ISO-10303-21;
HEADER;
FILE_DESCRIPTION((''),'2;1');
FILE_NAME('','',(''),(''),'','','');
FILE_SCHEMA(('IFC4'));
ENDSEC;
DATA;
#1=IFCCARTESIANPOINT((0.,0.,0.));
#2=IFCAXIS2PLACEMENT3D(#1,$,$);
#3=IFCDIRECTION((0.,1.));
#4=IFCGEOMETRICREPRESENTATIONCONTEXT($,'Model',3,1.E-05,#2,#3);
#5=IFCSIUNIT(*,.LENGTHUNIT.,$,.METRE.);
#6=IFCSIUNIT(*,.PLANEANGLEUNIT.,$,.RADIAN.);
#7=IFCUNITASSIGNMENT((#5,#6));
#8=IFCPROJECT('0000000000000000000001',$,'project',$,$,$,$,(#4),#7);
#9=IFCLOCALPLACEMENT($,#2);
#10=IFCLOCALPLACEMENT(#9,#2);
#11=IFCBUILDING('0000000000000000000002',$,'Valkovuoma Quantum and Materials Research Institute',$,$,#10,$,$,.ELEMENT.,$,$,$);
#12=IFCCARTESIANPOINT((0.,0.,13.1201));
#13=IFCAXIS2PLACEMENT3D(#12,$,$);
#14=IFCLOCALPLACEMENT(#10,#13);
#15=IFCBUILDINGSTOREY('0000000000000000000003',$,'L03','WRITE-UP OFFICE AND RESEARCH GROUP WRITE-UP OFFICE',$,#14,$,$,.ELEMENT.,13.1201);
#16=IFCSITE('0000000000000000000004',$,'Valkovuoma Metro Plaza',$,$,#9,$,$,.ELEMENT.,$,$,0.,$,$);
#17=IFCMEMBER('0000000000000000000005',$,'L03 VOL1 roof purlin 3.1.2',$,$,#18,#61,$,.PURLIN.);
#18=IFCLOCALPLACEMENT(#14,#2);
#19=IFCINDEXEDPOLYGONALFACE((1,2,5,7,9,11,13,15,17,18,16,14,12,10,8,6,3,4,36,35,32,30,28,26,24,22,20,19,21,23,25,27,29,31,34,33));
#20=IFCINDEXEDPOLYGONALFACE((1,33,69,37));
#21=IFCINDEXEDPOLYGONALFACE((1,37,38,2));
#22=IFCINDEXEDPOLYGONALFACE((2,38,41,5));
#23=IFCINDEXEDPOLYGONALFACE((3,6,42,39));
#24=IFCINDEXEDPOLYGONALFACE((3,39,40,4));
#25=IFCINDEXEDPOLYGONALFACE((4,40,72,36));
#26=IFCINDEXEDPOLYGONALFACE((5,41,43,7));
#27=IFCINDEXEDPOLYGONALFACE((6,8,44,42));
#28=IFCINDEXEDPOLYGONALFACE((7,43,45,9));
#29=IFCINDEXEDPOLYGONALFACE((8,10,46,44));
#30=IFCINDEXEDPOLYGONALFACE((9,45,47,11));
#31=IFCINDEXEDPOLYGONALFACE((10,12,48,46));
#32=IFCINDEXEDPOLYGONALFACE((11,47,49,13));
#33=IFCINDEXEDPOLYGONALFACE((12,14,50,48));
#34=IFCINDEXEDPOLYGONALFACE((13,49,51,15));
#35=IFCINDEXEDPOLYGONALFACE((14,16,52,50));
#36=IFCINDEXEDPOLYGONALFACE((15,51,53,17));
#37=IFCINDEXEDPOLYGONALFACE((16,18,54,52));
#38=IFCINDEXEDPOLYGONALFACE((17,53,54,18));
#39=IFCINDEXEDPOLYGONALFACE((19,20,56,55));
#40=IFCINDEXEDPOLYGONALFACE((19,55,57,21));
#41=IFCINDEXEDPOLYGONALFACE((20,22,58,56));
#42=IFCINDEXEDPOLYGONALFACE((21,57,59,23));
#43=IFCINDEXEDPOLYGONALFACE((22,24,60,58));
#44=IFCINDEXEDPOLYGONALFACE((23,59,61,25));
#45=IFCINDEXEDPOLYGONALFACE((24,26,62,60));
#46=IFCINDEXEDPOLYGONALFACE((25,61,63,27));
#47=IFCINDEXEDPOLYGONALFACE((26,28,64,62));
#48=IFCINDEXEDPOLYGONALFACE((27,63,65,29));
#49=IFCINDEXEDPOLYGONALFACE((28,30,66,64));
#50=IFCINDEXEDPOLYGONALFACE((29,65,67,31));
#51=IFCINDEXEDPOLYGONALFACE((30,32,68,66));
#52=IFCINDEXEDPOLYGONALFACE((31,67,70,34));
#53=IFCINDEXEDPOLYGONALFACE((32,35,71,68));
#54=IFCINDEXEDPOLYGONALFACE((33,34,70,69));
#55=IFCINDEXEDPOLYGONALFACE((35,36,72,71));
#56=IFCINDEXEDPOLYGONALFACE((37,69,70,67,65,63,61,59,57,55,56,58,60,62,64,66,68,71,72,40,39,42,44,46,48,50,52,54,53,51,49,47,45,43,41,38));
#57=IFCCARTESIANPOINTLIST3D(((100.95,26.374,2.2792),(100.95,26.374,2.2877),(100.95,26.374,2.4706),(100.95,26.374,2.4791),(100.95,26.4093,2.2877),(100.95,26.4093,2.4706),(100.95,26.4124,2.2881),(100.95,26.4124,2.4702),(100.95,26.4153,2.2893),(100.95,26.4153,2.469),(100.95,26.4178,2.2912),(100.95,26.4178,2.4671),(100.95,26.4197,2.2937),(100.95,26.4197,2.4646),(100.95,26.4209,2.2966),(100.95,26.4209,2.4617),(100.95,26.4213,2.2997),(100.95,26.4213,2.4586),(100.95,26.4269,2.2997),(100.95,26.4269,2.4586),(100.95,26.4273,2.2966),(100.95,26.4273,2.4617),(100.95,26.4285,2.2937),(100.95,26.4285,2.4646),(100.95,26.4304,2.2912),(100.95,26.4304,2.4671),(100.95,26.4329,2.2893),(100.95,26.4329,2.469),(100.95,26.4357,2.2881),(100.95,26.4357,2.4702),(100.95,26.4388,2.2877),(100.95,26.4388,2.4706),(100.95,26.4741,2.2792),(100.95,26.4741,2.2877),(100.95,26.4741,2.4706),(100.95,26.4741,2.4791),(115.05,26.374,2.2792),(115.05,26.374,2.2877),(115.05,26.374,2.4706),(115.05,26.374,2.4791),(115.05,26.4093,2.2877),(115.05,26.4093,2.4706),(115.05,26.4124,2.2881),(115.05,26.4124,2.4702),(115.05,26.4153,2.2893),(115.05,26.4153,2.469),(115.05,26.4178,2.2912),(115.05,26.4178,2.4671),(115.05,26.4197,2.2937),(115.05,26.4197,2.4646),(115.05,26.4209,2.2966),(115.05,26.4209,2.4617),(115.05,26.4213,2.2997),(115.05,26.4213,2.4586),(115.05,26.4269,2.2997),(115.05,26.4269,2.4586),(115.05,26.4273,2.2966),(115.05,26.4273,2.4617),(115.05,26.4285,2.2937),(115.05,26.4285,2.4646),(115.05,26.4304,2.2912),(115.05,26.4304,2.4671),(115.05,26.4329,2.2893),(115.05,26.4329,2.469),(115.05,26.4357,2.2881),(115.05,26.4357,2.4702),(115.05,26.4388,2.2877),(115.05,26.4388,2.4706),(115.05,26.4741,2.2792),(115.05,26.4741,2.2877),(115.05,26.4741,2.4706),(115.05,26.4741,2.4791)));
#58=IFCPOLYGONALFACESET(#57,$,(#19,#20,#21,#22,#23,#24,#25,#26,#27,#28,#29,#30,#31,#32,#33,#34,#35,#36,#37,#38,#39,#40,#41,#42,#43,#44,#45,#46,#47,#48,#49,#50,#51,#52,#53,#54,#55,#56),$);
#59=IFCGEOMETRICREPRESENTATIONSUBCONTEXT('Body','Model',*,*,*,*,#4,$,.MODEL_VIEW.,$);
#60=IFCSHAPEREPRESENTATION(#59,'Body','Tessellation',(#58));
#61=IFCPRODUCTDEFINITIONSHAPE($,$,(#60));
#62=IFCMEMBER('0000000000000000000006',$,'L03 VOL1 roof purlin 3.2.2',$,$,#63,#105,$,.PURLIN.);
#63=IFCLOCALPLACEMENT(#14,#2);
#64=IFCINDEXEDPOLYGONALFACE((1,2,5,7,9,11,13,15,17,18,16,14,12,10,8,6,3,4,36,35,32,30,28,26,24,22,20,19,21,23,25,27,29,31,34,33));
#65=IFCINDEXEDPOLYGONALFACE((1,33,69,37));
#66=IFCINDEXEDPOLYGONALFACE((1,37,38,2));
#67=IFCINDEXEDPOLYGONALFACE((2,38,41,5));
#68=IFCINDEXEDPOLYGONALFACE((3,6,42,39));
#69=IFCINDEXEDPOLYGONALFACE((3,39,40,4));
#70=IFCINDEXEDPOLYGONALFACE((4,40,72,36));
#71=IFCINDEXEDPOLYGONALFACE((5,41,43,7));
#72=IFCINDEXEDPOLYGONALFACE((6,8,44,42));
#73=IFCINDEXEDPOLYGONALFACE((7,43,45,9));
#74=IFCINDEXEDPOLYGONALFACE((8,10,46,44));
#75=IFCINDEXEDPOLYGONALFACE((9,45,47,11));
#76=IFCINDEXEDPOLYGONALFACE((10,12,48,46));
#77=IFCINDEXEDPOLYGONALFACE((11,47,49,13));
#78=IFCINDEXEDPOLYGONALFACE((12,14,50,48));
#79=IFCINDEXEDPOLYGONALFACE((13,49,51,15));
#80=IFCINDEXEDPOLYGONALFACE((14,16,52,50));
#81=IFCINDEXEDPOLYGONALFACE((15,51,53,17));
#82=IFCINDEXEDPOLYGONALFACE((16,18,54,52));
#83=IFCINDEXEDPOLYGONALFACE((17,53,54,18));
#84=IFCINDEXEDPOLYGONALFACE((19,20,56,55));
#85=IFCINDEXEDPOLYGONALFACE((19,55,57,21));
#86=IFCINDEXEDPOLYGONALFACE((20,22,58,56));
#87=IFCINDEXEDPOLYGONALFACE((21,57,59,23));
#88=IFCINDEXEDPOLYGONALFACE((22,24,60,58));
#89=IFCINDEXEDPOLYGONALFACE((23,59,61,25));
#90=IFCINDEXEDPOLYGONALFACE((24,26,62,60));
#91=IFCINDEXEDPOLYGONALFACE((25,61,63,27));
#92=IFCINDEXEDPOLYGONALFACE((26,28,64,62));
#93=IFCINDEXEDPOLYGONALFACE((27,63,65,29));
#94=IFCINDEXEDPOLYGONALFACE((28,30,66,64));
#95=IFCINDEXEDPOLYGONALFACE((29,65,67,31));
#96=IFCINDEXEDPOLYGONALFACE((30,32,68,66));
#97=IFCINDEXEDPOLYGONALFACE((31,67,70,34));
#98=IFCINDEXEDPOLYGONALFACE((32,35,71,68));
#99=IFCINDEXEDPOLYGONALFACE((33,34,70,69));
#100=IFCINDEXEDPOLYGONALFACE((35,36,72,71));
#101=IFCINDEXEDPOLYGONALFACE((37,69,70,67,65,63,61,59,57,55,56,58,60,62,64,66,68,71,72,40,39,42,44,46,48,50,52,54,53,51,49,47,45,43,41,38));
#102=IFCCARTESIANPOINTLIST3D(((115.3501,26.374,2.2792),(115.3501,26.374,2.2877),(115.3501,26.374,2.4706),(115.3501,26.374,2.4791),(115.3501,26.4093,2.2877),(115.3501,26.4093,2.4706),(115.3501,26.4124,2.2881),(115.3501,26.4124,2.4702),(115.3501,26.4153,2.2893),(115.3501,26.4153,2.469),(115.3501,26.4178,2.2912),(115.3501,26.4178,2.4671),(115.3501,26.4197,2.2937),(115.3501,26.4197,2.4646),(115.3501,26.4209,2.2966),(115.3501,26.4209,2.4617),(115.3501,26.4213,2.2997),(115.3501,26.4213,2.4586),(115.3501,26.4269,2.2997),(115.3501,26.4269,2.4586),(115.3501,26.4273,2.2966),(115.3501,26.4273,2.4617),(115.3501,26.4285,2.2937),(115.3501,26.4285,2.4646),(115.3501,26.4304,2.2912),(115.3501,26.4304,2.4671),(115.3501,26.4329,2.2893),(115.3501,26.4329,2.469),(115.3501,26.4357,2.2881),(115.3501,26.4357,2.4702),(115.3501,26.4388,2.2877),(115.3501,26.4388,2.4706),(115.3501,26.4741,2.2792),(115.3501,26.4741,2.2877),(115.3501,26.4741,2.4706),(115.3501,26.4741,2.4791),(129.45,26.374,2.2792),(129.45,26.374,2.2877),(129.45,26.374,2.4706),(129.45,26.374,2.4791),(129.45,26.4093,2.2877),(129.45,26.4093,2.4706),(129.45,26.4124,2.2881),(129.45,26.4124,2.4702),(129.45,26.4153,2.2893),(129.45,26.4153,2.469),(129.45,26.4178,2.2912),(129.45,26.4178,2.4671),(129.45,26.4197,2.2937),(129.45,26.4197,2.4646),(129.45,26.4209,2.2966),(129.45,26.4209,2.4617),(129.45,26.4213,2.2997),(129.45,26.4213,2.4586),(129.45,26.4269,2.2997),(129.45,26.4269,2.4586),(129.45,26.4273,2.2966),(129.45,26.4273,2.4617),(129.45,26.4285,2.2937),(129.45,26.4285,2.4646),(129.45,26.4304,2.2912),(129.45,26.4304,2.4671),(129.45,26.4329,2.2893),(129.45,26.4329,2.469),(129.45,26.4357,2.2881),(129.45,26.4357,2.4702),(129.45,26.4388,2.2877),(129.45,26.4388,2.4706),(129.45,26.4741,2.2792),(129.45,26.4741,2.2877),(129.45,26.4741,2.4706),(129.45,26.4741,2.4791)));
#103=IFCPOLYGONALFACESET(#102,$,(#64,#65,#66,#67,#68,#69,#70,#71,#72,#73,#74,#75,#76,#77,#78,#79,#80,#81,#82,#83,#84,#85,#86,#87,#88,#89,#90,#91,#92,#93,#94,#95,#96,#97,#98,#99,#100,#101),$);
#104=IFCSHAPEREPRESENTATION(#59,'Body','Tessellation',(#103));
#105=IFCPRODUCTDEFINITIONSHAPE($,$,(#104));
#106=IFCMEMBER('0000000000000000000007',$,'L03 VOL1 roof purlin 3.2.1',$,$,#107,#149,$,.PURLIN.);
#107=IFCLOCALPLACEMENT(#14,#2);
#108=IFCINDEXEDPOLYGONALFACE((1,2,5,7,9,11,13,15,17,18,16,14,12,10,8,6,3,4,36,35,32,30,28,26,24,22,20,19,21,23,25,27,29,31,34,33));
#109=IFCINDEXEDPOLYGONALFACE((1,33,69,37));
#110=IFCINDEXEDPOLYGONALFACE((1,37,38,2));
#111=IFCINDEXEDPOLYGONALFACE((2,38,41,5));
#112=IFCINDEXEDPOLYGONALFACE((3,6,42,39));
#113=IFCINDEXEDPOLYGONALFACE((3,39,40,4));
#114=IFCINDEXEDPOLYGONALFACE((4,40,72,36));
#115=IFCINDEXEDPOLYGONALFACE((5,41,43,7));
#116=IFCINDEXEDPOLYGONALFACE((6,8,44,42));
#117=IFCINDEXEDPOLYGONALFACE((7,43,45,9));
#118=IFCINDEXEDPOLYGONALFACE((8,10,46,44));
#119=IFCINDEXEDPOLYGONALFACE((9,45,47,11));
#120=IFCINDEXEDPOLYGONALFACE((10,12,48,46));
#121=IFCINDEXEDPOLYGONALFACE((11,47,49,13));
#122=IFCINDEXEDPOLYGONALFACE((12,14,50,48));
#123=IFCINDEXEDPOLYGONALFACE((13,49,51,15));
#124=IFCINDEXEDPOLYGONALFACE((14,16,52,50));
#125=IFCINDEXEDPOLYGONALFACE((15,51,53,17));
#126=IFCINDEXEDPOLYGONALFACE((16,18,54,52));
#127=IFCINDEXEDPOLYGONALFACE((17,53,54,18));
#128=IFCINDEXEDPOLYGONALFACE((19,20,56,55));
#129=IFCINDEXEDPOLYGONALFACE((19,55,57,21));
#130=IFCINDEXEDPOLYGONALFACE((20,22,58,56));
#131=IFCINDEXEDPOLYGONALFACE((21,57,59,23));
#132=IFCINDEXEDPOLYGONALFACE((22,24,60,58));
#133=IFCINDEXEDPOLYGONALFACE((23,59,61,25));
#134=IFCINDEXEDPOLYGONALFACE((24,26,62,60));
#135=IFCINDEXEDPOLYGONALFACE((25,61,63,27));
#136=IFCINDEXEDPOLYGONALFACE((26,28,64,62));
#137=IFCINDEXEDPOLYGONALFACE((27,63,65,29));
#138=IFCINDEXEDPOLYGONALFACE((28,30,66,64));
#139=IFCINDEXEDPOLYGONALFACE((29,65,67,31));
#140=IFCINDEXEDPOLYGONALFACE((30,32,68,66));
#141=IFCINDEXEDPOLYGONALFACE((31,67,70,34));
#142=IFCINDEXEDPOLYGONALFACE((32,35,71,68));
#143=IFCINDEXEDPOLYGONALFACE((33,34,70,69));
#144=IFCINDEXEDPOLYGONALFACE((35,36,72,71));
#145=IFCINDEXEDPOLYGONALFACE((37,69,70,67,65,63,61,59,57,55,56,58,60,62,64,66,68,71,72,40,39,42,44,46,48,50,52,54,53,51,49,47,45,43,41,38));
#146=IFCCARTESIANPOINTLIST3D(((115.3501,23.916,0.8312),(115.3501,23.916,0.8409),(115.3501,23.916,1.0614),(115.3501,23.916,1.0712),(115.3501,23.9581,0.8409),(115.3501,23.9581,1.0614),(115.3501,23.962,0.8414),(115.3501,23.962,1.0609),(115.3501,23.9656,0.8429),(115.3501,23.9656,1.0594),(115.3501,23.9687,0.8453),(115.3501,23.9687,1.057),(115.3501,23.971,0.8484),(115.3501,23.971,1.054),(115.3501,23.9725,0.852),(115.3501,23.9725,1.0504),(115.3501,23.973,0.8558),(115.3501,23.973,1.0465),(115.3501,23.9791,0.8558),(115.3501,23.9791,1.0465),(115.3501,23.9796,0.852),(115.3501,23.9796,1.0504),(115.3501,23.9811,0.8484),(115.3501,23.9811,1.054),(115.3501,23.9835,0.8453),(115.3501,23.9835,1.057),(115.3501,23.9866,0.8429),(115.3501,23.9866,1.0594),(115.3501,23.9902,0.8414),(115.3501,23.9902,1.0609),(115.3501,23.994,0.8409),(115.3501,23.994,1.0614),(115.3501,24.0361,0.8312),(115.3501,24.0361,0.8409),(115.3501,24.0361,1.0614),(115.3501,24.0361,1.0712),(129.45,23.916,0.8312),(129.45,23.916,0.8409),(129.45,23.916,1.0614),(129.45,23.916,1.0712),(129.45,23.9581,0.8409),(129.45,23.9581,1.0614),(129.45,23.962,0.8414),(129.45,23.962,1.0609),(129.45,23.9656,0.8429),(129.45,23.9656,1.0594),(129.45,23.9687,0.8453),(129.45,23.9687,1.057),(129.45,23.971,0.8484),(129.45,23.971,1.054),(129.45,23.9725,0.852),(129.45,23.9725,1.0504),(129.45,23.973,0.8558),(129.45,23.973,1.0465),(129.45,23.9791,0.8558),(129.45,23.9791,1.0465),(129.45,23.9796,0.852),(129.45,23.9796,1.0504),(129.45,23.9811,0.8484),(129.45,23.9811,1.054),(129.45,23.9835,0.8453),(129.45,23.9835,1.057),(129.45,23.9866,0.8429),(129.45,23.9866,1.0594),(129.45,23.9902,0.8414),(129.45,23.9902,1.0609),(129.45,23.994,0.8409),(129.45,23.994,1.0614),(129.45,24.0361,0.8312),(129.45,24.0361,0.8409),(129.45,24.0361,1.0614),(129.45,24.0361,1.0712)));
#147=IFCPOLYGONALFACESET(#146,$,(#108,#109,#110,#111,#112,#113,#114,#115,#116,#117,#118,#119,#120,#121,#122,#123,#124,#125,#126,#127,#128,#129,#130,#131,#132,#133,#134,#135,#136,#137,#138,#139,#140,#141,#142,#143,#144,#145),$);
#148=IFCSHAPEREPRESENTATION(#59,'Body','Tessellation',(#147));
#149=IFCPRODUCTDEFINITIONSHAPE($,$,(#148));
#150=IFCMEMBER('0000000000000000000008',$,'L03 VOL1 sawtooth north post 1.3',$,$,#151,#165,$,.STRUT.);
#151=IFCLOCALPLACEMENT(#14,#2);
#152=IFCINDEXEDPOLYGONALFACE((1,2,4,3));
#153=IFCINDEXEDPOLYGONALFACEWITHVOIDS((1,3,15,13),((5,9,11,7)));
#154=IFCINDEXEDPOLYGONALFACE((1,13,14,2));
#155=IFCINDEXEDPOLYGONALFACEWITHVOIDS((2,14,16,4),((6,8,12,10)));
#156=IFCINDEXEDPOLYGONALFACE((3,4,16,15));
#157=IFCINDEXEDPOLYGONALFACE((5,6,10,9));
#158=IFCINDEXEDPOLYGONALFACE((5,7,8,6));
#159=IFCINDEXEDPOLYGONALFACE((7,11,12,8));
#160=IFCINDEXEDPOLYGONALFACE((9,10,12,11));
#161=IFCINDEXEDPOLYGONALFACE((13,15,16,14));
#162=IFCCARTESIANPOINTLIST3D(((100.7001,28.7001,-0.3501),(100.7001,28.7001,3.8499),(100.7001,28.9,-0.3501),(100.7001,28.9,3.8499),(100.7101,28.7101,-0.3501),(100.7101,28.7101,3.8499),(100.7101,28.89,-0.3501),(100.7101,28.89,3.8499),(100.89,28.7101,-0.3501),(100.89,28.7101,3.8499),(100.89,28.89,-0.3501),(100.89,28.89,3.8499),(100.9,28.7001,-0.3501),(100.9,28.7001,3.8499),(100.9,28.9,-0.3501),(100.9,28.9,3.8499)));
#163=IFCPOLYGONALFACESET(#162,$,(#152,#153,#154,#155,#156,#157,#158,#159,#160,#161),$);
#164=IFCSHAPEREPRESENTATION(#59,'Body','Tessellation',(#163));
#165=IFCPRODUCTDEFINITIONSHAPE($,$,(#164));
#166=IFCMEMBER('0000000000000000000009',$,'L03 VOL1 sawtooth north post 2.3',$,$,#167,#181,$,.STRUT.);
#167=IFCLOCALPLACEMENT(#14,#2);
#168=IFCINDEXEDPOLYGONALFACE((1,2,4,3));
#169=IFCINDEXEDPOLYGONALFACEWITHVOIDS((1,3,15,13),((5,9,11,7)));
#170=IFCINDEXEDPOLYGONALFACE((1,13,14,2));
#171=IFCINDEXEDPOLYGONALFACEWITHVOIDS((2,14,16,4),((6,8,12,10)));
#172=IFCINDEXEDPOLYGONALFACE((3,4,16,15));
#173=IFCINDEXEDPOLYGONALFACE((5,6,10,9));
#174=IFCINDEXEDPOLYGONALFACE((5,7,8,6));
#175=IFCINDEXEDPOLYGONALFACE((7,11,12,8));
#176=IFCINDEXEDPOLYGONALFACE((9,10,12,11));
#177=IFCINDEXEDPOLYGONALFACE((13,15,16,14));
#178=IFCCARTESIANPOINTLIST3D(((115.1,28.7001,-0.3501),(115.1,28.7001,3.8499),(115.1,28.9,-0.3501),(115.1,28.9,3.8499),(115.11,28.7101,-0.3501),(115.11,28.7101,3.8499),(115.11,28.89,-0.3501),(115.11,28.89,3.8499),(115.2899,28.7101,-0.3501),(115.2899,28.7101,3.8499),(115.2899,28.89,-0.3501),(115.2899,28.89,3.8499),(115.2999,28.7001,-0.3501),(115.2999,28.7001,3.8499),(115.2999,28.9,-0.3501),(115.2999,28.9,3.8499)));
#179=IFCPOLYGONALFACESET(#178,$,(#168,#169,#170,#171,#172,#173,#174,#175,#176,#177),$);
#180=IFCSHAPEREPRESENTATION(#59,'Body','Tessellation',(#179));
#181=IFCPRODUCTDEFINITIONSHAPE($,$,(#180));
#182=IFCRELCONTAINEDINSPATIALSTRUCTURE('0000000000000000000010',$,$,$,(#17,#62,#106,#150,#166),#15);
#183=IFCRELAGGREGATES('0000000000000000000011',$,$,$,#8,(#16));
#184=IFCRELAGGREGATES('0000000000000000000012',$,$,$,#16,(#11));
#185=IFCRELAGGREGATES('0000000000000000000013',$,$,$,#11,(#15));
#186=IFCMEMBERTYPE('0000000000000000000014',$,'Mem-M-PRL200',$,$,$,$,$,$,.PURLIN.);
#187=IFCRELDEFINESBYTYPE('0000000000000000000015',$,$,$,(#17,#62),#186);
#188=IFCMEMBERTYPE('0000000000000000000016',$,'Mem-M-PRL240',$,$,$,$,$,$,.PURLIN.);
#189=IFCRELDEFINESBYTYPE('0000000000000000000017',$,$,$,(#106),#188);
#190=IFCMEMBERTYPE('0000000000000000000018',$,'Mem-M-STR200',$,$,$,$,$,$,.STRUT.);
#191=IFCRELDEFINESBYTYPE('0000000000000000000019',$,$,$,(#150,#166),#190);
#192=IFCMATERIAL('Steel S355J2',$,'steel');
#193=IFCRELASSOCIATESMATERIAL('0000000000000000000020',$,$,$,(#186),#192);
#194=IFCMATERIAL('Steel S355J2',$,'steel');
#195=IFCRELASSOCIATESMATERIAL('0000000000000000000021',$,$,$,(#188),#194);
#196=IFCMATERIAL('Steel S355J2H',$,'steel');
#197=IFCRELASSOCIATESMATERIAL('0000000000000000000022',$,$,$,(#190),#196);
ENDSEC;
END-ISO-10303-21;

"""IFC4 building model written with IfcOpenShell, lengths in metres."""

from ifc_helpers import new_model, si_unit, direction, frame, origin, origin_2d, place, context, subcontext, project, spatial, hollow_rectangle, i_section, extrude, material, material_profile, profile_set, type_object, element, save


model = new_model("IFC4")

# Units and contexts
model_context = context("Model", 3, precision=1e-05, world=origin(), true_north=direction((0.0, 1.0)))
body_context = subcontext(model_context, "Body", "Model", "MODEL_VIEW")
ifc_project = project(units=[si_unit("LENGTHUNIT", "METRE"), si_unit("PLANEANGLEUNIT", "RADIAN")], contexts=[model_context])

# Site, building, storey
site_placement = place(None, origin())
site = spatial("IfcSite", under=ifc_project, at=site_placement, Name="Valkovuoma Metro Plaza", CompositionType="ELEMENT", RefElevation=0.0)
building_placement = place(site_placement, origin())
building = spatial("IfcBuilding", under=site, at=building_placement, Name="Valkovuoma Quantum and Materials Research Institute", CompositionType="ELEMENT")
storey_placement = place(building_placement, frame((0.0, 0.0, 13.1201)))
storey = spatial("IfcBuildingStorey", under=building, at=storey_placement, Name="L03", Description="WRITE-UP OFFICE AND RESEARCH GROUP WRITE-UP OFFICE", CompositionType="ELEMENT", Elevation=13.1201)

# Members
ifc_material_1 = material(Name="Steel S355J2", Category="steel")
ifc_material_profile_1 = material_profile(ifc_material_1, i_section(OverallWidth=0.1001, OverallDepth=0.2, WebThickness=0.0056, FlangeThickness=0.0085, FilletRadius=0.012, at=origin_2d()), Name="Steel S355J2")
ifc_profile_set_1 = profile_set([ifc_material_profile_1], Name="Steel S355J2")
member_type_1 = type_object("IfcMemberType", Name="Mem-M-PRL200", PredefinedType="PURLIN", material=ifc_profile_set_1)
member_1_placement = place(storey_placement, frame((100.95, 26.4241, 2.3792), z_axis=(1.0, 0.0, 0.0), x_axis=(0.0, 1.0, 0.0)))
element("IfcMember", 1, at=member_1_placement, inside=storey, type_object=member_type_1, Name="L03 VOL1 roof purlin 3.1.2", PredefinedType="PURLIN", context=body_context, shape_type="SweptSolid", body=[
    extrude(i_section(OverallWidth=0.1001, OverallDepth=0.2, WebThickness=0.0056, FlangeThickness=0.0085, FilletRadius=0.012, at=origin_2d()), origin(), (0.0, 0.0, 1.0), 14.1001),
])
member_2_placement = place(storey_placement, frame((115.3501, 26.4241, 2.3792), z_axis=(1.0, 0.0, 0.0), x_axis=(0.0, 1.0, 0.0)))
element("IfcMember", 2, at=member_2_placement, inside=storey, type_object=member_type_1, Name="L03 VOL1 roof purlin 3.2.2", PredefinedType="PURLIN", context=body_context, shape_type="SweptSolid", body=[
    extrude(i_section(OverallWidth=0.1001, OverallDepth=0.2, WebThickness=0.0056, FlangeThickness=0.0085, FilletRadius=0.012, at=origin_2d()), origin(), (0.0, 0.0, 1.0), 14.0999),
])
ifc_material_2 = material(Name="Steel S355J2", Category="steel")
ifc_material_profile_2 = material_profile(ifc_material_2, i_section(OverallWidth=0.1201, OverallDepth=0.24, WebThickness=0.0061, FlangeThickness=0.0098, FilletRadius=0.0149, at=origin_2d()), Name="Steel S355J2")
ifc_profile_set_2 = profile_set([ifc_material_profile_2], Name="Steel S355J2")
member_type_2 = type_object("IfcMemberType", Name="Mem-M-PRL240", PredefinedType="PURLIN", material=ifc_profile_set_2)
member_3_placement = place(storey_placement, frame((115.3501, 23.9761, 0.9512), z_axis=(1.0, 0.0, 0.0), x_axis=(0.0, 1.0, 0.0)))
element("IfcMember", 3, at=member_3_placement, inside=storey, type_object=member_type_2, Name="L03 VOL1 roof purlin 3.2.1", PredefinedType="PURLIN", context=body_context, shape_type="SweptSolid", body=[
    extrude(i_section(OverallWidth=0.1201, OverallDepth=0.24, WebThickness=0.0061, FlangeThickness=0.0098, FilletRadius=0.0149, at=origin_2d()), origin(), (0.0, 0.0, 1.0), 14.0999),
])
ifc_material_3 = material(Name="Steel S355J2H", Category="steel")
ifc_material_profile_3 = material_profile(ifc_material_3, hollow_rectangle(XDim=0.2, YDim=0.2, WallThickness=0.01, at=origin_2d()), Name="Steel S355J2H")
ifc_profile_set_3 = profile_set([ifc_material_profile_3], Name="Steel S355J2H")
member_type_3 = type_object("IfcMemberType", Name="Mem-M-STR200", PredefinedType="STRUT", material=ifc_profile_set_3)
for number, where, z_axis, x_axis, name in (
    (4, (100.8, 28.8, -0.3501), (0.0, 0.0, 1.0), (1.0, 0.0, 0.0), "L03 VOL1 sawtooth north post 1.3"),
    (5, (115.2, 28.8, -0.3501), (0.0, 0.0, 1.0), (1.0, 0.0, 0.0), "L03 VOL1 sawtooth north post 2.3"),
):
    element("IfcMember", number, at=place(storey_placement, frame(where, z_axis=z_axis, x_axis=x_axis)), inside=storey, type_object=member_type_3, Name=name, PredefinedType="STRUT", context=body_context, shape_type="SweptSolid", body=[
        extrude(hollow_rectangle(XDim=0.2, YDim=0.2, WallThickness=0.01, at=origin_2d()), origin(), (0.0, 0.0, 1.0), 4.2),
    ])

save(model, "model.ifc")
